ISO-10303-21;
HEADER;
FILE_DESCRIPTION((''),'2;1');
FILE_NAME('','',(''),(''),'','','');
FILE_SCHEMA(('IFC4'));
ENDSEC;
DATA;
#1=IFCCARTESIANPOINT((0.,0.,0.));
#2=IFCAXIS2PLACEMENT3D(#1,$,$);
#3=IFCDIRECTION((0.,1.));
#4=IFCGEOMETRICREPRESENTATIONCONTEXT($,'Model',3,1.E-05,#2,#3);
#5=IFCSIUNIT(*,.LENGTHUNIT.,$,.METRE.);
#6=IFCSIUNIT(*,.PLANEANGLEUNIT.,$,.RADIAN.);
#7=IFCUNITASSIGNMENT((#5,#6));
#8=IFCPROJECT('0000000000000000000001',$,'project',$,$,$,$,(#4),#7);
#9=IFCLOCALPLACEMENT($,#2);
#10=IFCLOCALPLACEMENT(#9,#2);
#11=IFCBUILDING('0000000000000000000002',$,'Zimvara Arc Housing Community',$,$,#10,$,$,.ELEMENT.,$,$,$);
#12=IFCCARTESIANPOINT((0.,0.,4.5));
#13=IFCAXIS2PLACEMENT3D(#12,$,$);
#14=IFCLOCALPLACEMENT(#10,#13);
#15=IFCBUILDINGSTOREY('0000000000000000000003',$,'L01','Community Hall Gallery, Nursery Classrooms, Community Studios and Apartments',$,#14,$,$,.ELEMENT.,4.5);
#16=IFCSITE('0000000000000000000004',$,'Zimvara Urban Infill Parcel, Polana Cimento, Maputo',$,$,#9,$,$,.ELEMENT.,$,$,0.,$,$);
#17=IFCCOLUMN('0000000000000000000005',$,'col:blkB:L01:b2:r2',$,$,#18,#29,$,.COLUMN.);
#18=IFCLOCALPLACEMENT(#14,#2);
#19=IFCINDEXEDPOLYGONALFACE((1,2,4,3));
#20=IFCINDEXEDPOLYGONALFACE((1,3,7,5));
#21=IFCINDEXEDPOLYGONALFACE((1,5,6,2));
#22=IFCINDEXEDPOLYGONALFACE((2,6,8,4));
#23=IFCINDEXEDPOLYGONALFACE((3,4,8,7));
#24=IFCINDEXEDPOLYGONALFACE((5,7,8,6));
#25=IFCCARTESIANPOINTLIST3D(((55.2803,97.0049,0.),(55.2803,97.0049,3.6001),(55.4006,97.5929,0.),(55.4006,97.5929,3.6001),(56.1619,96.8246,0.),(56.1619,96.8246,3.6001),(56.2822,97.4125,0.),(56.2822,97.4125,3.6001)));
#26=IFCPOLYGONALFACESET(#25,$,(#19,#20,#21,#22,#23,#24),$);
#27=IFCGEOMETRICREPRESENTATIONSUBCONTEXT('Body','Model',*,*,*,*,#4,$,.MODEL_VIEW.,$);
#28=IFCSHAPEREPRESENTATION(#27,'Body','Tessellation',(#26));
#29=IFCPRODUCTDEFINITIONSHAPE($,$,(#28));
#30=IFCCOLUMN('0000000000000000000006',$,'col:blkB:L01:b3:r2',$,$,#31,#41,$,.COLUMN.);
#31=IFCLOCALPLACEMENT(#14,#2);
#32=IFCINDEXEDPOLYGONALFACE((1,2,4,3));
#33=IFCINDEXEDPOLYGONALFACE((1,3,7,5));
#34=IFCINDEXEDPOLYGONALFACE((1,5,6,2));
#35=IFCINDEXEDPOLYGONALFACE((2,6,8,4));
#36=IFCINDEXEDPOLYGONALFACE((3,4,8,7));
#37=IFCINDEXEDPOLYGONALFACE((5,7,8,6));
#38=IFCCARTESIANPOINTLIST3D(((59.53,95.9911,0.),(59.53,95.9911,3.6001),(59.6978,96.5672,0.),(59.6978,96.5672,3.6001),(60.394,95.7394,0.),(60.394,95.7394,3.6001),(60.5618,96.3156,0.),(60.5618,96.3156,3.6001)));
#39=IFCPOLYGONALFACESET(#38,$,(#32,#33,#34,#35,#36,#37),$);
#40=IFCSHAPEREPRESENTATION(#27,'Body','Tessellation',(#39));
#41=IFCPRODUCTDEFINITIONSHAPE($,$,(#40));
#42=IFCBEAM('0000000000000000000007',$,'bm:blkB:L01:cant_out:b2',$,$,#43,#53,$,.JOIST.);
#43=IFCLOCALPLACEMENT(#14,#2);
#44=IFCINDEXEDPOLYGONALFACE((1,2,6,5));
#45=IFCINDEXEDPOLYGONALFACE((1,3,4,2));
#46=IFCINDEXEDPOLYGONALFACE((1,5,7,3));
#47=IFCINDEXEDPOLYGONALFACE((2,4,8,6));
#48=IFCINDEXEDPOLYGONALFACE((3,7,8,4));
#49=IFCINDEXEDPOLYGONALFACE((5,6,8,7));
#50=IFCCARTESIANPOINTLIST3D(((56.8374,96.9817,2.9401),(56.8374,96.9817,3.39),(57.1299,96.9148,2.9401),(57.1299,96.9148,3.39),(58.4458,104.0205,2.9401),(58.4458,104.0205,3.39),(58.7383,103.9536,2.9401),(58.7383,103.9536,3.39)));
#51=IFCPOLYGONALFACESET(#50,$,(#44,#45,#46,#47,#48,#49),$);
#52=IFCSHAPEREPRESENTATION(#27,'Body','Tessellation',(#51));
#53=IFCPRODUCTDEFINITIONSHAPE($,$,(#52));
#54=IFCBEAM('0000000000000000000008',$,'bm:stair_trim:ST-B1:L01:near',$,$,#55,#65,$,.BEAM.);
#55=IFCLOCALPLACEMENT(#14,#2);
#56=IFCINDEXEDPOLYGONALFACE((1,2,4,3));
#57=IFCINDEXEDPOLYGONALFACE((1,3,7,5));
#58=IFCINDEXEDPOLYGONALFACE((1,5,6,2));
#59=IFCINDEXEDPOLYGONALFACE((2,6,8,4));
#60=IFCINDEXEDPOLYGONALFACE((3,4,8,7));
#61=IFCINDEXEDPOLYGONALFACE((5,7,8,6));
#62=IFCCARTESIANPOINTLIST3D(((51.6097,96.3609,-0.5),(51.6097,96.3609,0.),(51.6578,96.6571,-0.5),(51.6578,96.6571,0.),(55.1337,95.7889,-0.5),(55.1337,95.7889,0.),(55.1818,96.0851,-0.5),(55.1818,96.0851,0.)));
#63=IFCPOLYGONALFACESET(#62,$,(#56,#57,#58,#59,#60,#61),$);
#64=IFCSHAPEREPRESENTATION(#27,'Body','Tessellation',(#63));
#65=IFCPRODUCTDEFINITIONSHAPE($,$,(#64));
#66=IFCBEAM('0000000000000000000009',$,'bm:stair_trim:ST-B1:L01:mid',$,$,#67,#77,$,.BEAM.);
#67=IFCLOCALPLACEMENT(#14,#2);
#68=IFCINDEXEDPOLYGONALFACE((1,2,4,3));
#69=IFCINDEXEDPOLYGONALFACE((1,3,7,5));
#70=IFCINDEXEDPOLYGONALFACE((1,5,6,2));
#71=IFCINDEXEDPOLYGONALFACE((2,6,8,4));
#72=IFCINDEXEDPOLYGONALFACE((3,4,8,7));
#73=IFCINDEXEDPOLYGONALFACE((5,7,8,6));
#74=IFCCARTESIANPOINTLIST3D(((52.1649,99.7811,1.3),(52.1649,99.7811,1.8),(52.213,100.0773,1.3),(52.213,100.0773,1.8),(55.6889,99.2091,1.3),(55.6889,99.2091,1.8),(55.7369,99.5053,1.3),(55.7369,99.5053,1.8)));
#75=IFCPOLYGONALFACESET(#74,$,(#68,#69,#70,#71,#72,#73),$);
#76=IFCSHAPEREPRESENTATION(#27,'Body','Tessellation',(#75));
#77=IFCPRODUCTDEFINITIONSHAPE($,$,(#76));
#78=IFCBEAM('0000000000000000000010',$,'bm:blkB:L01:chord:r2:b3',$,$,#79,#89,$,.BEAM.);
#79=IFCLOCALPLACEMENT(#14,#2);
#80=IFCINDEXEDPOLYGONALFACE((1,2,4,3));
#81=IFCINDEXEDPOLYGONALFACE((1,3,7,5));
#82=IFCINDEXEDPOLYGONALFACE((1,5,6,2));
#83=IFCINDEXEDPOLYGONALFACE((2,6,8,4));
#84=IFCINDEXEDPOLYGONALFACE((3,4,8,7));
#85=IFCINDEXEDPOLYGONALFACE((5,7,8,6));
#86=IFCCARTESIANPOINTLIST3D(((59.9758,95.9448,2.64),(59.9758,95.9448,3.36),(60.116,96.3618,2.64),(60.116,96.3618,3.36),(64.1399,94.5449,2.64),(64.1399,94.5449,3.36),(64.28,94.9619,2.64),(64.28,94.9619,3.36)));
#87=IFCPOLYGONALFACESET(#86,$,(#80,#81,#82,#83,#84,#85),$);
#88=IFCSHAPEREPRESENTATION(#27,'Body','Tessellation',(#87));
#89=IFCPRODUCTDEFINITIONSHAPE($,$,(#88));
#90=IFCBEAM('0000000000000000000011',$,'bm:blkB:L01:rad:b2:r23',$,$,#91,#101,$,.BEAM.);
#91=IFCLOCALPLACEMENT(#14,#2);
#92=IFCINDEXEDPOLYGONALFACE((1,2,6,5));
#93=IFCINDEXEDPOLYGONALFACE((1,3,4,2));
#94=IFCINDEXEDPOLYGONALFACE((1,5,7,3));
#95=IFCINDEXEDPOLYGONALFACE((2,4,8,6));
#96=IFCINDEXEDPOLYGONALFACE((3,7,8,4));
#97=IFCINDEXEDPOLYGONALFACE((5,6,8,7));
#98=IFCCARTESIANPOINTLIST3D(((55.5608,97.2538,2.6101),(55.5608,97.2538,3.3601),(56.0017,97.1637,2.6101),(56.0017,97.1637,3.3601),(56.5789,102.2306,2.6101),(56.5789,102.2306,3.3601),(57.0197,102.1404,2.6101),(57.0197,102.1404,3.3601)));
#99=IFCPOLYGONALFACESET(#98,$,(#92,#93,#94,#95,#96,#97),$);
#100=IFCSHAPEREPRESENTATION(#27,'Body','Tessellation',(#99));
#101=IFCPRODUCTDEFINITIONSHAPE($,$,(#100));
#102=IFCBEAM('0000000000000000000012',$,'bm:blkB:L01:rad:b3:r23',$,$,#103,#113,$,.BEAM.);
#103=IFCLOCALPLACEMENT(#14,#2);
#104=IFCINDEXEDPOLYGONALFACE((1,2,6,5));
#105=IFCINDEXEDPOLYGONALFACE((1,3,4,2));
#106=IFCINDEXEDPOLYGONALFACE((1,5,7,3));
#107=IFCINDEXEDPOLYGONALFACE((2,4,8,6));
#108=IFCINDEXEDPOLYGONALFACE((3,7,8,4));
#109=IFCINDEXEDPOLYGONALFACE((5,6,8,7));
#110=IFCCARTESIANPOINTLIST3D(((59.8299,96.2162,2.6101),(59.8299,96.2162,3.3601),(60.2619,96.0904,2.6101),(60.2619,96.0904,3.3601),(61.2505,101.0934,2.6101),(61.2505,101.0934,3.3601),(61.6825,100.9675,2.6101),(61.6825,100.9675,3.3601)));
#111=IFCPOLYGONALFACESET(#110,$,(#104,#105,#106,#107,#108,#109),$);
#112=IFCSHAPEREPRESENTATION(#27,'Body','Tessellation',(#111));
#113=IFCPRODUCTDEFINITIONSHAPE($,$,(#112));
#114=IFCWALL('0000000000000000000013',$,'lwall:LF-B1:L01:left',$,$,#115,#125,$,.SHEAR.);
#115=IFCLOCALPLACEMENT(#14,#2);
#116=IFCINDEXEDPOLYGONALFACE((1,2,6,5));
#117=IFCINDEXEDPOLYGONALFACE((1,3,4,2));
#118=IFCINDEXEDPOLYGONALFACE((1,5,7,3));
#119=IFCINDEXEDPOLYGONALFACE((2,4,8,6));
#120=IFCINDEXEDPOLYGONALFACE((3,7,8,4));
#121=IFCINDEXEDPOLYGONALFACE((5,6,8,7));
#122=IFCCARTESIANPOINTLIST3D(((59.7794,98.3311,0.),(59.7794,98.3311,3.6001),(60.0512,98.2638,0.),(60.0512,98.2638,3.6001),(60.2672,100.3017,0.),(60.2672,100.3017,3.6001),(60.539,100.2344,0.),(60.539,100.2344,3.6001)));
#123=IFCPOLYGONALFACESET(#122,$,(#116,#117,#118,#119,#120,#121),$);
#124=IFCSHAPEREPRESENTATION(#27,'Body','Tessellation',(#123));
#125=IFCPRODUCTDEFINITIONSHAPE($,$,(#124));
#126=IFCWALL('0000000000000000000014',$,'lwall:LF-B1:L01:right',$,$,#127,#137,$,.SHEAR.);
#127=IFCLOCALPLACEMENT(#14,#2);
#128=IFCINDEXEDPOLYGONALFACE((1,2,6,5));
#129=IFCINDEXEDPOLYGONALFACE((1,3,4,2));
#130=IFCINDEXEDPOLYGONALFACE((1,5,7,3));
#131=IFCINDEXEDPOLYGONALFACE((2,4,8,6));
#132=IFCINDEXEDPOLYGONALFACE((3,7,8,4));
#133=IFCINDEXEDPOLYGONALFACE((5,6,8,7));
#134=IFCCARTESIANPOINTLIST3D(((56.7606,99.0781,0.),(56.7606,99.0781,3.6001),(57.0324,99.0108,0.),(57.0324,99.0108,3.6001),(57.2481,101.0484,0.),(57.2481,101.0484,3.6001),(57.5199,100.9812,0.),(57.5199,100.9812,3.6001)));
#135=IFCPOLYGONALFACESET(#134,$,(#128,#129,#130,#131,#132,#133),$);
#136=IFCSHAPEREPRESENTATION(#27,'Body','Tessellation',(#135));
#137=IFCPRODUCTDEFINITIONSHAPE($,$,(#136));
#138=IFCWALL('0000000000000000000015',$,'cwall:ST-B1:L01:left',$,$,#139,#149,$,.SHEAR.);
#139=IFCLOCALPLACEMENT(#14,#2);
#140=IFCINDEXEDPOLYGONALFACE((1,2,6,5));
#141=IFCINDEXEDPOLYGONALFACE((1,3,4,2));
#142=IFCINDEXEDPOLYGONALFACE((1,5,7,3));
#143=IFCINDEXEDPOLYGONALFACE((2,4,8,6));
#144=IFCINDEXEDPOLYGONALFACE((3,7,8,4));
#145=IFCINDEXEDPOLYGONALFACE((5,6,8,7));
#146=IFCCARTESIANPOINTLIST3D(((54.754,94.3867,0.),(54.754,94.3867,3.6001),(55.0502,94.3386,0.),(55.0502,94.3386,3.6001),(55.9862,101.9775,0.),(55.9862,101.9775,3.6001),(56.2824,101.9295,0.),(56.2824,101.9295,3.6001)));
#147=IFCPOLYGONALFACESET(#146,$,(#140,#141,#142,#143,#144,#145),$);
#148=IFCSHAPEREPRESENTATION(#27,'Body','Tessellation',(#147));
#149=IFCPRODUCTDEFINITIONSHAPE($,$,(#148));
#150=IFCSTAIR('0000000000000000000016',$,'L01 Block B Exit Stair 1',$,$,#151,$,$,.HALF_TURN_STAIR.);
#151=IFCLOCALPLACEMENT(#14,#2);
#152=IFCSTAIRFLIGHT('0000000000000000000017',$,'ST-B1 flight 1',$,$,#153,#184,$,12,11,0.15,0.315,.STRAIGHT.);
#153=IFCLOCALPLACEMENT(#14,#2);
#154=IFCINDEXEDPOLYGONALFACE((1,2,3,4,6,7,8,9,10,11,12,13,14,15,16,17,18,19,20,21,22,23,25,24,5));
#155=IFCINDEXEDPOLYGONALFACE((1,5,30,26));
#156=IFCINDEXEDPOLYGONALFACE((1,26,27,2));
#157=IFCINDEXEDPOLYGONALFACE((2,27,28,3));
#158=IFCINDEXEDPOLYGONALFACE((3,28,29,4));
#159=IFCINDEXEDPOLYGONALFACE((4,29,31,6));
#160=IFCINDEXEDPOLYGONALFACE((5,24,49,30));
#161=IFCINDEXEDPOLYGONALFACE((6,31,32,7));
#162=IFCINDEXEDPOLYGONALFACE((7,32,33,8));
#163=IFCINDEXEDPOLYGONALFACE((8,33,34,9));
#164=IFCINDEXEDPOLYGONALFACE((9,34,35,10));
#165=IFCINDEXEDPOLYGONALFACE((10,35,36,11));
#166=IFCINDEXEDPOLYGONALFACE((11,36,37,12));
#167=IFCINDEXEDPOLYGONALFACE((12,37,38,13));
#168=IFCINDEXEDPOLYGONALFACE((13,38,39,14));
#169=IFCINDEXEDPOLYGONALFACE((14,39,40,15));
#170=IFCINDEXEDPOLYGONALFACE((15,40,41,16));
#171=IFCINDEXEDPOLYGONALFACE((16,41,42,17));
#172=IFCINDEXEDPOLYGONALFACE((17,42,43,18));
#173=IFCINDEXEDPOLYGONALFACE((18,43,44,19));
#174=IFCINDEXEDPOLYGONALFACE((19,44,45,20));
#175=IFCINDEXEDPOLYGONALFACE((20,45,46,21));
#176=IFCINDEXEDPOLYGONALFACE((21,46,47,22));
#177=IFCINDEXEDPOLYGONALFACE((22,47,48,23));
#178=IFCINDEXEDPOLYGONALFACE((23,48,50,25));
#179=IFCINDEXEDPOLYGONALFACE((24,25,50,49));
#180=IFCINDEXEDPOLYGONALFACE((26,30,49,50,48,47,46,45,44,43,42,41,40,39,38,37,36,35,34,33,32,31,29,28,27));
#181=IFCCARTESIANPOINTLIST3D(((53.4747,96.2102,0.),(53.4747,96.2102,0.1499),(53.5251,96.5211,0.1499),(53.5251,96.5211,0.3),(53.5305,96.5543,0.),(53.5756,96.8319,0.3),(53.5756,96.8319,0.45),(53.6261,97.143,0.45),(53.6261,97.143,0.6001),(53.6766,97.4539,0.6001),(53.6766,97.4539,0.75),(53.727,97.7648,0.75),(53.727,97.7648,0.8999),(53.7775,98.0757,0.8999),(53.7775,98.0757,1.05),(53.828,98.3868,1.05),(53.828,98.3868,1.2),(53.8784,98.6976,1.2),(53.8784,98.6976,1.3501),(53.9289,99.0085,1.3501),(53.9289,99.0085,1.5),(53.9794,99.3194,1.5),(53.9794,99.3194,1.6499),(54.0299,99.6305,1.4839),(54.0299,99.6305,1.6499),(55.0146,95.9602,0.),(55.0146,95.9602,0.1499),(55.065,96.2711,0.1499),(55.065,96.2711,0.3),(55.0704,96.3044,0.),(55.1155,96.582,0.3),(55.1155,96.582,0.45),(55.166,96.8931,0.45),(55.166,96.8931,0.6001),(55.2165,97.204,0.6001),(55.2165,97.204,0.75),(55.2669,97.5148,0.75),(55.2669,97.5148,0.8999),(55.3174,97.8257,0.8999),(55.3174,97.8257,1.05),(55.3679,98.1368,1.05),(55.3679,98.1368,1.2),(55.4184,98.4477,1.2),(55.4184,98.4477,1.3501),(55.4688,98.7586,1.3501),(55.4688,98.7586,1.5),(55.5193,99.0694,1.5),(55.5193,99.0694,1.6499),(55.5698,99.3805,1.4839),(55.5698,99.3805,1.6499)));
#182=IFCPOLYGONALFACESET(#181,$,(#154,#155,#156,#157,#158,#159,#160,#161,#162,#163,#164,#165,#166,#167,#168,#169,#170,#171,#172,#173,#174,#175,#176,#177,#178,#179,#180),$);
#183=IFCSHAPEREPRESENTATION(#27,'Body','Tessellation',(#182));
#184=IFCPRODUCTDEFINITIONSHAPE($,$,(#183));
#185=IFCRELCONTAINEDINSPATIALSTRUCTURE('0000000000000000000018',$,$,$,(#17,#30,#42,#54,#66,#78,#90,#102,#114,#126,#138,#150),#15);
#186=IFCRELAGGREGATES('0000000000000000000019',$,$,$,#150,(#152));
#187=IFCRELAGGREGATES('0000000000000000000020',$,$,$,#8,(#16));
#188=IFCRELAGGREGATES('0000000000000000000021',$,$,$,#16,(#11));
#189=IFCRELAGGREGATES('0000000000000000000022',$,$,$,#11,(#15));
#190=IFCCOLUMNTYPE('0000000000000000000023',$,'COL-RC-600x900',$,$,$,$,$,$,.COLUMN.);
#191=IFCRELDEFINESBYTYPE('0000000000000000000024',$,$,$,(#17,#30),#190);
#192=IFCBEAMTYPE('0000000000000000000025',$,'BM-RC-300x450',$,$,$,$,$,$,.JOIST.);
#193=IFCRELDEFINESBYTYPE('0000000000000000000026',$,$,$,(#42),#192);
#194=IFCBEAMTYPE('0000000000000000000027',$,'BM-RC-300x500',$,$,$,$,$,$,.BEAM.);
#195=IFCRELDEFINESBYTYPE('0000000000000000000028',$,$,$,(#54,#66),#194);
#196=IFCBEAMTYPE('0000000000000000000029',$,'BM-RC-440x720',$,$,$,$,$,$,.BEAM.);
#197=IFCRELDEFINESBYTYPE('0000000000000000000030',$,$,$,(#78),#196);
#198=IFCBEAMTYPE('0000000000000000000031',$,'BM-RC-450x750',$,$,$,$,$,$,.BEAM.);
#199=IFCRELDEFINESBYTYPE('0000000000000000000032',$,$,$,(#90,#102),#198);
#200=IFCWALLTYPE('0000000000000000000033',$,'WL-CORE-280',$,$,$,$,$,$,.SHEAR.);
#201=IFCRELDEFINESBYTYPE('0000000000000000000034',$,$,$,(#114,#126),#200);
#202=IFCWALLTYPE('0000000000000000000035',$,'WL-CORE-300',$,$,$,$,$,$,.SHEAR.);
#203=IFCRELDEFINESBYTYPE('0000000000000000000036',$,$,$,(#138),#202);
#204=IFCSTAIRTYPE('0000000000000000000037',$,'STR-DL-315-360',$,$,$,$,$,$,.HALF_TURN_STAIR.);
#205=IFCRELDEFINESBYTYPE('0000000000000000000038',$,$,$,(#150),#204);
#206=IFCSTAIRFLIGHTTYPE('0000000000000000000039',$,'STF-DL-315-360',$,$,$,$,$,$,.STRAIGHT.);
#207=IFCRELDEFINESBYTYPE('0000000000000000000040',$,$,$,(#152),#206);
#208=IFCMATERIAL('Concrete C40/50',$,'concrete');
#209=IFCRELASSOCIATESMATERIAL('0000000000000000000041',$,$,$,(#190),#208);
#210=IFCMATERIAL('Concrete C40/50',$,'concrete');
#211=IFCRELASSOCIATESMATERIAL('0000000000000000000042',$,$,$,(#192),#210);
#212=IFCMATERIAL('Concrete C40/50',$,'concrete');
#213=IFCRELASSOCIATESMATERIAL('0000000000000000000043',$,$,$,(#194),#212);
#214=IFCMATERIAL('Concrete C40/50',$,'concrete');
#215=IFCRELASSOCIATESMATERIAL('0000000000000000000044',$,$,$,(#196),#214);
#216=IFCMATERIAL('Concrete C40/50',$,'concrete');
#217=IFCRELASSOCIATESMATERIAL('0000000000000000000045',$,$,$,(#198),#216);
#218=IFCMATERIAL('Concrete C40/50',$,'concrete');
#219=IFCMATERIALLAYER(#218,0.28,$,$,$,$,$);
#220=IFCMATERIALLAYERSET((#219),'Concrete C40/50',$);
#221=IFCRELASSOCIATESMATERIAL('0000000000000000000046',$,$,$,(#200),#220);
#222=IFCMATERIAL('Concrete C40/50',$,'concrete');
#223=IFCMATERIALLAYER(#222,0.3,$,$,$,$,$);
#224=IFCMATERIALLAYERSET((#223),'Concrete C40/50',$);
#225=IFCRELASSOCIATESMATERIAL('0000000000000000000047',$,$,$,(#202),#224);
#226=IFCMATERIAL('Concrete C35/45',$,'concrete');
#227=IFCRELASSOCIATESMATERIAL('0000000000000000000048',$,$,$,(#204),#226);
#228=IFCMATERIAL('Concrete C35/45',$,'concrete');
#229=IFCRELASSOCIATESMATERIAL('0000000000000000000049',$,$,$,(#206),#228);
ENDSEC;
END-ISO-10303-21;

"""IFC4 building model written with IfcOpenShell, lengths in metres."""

from ifc_helpers import new_model, si_unit, direction, frame, frame_2d, origin, origin_2d, place, context, subcontext, project, spatial, polyline, rectangle, outline, extrude, material, layer, layer_set, material_profile, profile_set, type_object, element, aggregate, save


model = new_model("IFC4")

# Units and contexts
model_context = context("Model", 3, precision=1e-05, world=origin(), true_north=direction((0.0, 1.0)))
body_context = subcontext(model_context, "Body", "Model", "MODEL_VIEW")
ifc_project = project(units=[si_unit("LENGTHUNIT", "METRE"), si_unit("PLANEANGLEUNIT", "RADIAN")], contexts=[model_context])

# Site, building, storey
site_placement = place(None, origin())
site = spatial("IfcSite", under=ifc_project, at=site_placement, Name="Zimvara Urban Infill Parcel, Polana Cimento, Maputo", CompositionType="ELEMENT", RefElevation=0.0)
building_placement = place(site_placement, origin())
building = spatial("IfcBuilding", under=site, at=building_placement, Name="Zimvara Arc Housing Community", CompositionType="ELEMENT")
storey_placement = place(building_placement, frame((0.0, 0.0, 4.5)))
storey = spatial("IfcBuildingStorey", under=building, at=storey_placement, Name="L01", Description="Community Hall Gallery, Nursery Classrooms, Community Studios and Apartments", CompositionType="ELEMENT", Elevation=4.5)

# Columns
ifc_material_1 = material(Name="Concrete C40/50", Category="concrete")
ifc_material_profile_1 = material_profile(ifc_material_1, rectangle(XDim=0.6001, YDim=0.8999, at=origin_2d()), Name="RC 600x900")
ifc_profile_set_1 = profile_set([ifc_material_profile_1], Name="Concrete C40/50")
column_type = type_object("IfcColumnType", Name="COL-RC-600x900", PredefinedType="COLUMN", material=ifc_profile_set_1)
for number, where, z_axis, x_axis, name in (
    (1, (55.7812, 97.2087, 0.0), (0.0, 0.0, 1.0), (0.200394, 0.979715, 0.0), "col:blkB:L01:b2:r2"),
    (2, (60.0459, 96.1533, 0.0), (0.0, 0.0, 1.0), (0.279661, 0.960099, 0.0), "col:blkB:L01:b3:r2"),
):
    element("IfcColumn", number, at=place(storey_placement, frame(where, z_axis=z_axis, x_axis=x_axis)), inside=storey, type_object=column_type, Name=name, PredefinedType="COLUMN", context=body_context, shape_type="SweptSolid", body=[
        extrude(rectangle(XDim=0.6001, YDim=0.8999, at=origin_2d()), origin(), (0.0, 0.0, 1.0), 3.6001),
    ])

# Beams
ifc_material_2 = material(Name="Concrete C40/50", Category="concrete")
ifc_material_profile_2 = material_profile(ifc_material_2, rectangle(XDim=0.3, YDim=0.45, at=origin_2d()), Name="RC 300x450")
ifc_profile_set_2 = profile_set([ifc_material_profile_2], Name="Concrete C40/50")
beam_type_1 = type_object("IfcBeamType", Name="BM-RC-300x450", PredefinedType="JOIST", material=ifc_profile_set_2)
beam_1_placement = place(storey_placement, frame((56.9836, 96.9482, 3.165), z_axis=(0.222762, 0.974873, 0.0), x_axis=(-0.974873, 0.222762, 0.0)))
element("IfcBeam", 3, at=beam_1_placement, inside=storey, type_object=beam_type_1, Name="bm:blkB:L01:cant_out:b2", PredefinedType="JOIST", context=body_context, shape_type="SweptSolid", body=[
    extrude(rectangle(XDim=0.3, YDim=0.45, at=origin_2d()), origin(), (0.0, 0.0, 1.0), 7.2202),
])
ifc_material_3 = material(Name="Concrete C40/50", Category="concrete")
ifc_material_profile_3 = material_profile(ifc_material_3, rectangle(XDim=0.3, YDim=0.5, at=origin_2d()), Name="RC 300x500")
ifc_profile_set_3 = profile_set([ifc_material_profile_3], Name="Concrete C40/50")
beam_type_2 = type_object("IfcBeamType", Name="BM-RC-300x500", PredefinedType="BEAM", material=ifc_profile_set_3)
for number, where, z_axis, x_axis, name in (
    (4, (55.1577, 95.937, -0.25), (-0.98708, 0.160228, 0.0), (-0.160228, -0.98708, 0.0), "bm:stair_trim:ST-B1:L01:near"),
    (5, (55.7129, 99.3572, 1.55), (-0.98708, 0.160228, 0.0), (-0.160228, -0.98708, 0.0), "bm:stair_trim:ST-B1:L01:mid"),
):
    element("IfcBeam", number, at=place(storey_placement, frame(where, z_axis=z_axis, x_axis=x_axis)), inside=storey, type_object=beam_type_2, Name=name, PredefinedType="BEAM", context=body_context, shape_type="SweptSolid", body=[
        extrude(rectangle(XDim=0.3, YDim=0.5, at=origin_2d()), origin(), (0.0, 0.0, 1.0), 3.5701),
    ])
ifc_material_4 = material(Name="Concrete C40/50", Category="concrete")
ifc_material_profile_4 = material_profile(ifc_material_4, rectangle(XDim=0.4399, YDim=0.72, at=origin_2d()), Name="RC 440x720")
ifc_profile_set_4 = profile_set([ifc_material_profile_4], Name="Concrete C40/50")
beam_type_3 = type_object("IfcBeamType", Name="BM-RC-440x720", PredefinedType="BEAM", material=ifc_profile_set_4)
beam_2_placement = place(storey_placement, frame((60.0459, 96.1533, 3.0), z_axis=(0.947869, -0.318661, 0.0), x_axis=(0.318661, 0.947869, 0.0)))
element("IfcBeam", 6, at=beam_2_placement, inside=storey, type_object=beam_type_3, Name="bm:blkB:L01:chord:r2:b3", PredefinedType="BEAM", context=body_context, shape_type="SweptSolid", body=[
    extrude(rectangle(XDim=0.4399, YDim=0.72, at=origin_2d()), origin(), (0.0, 0.0, 1.0), 4.3931),
])
ifc_material_5 = material(Name="Concrete C40/50", Category="concrete")
ifc_material_profile_5 = material_profile(ifc_material_5, rectangle(XDim=0.45, YDim=0.75, at=origin_2d()), Name="RC 450x750")
ifc_profile_set_5 = profile_set([ifc_material_profile_5], Name="Concrete C40/50")
beam_type_4 = type_object("IfcBeamType", Name="BM-RC-450x750", PredefinedType="BEAM", material=ifc_profile_set_5)
for number, where, z_axis, x_axis, name in (
    (7, (55.7812, 97.2087, 2.9851), (0.200412, 0.979712, 0.0), (-0.979712, 0.200412, 0.0), "bm:blkB:L01:rad:b2:r23"),
    (8, (60.0459, 96.1533, 2.9851), (0.279662, 0.960098, 0.0), (-0.960098, 0.279662, 0.0), "bm:blkB:L01:rad:b3:r23"),
):
    element("IfcBeam", number, at=place(storey_placement, frame(where, z_axis=z_axis, x_axis=x_axis)), inside=storey, type_object=beam_type_4, Name=name, PredefinedType="BEAM", context=body_context, shape_type="SweptSolid", body=[
        extrude(rectangle(XDim=0.45, YDim=0.75, at=origin_2d()), origin(), (0.0, 0.0, 1.0), 5.0798),
    ])

# Shared definitions
ifc_material_6 = material(Name="Concrete C40/50", Category="concrete")
ifc_layer_1 = layer(ifc_material_6, 0.28)
ifc_layer_set_1 = layer_set([ifc_layer_1], Name="Concrete C40/50")
wall_type_1 = type_object("IfcWallType", Name="WL-CORE-280", PredefinedType="SHEAR", material=ifc_layer_set_1)

# Walls
wall_1_placement = place(storey_placement, frame((59.9153, 98.2974, 0.0), z_axis=(0.0, 0.0, 1.0), x_axis=(0.240299, 0.970699, 0.0)))
element("IfcWall", 9, at=wall_1_placement, inside=storey, type_object=wall_type_1, Name="lwall:LF-B1:L01:left", PredefinedType="SHEAR", context=body_context, shape_type="SweptSolid", body=[
    extrude(rectangle(XDim=2.03, YDim=0.28, at=frame_2d((1.0151, 0.0))), origin(), (0.0, 0.0, 1.0), 3.6001),
])
wall_2_placement = place(storey_placement, frame((56.8965, 99.0444, 0.0), z_axis=(0.0, 0.0, 1.0), x_axis=(0.240186, 0.970727, 0.0)))
element("IfcWall", 10, at=wall_2_placement, inside=storey, type_object=wall_type_1, Name="lwall:LF-B1:L01:right", PredefinedType="SHEAR", context=body_context, shape_type="SweptSolid", body=[
    extrude(rectangle(XDim=2.0298, YDim=0.28, at=frame_2d((1.0149, 0.0))), origin(), (0.0, 0.0, 1.0), 3.6001),
])

# Shared definitions
ifc_material_7 = material(Name="Concrete C40/50", Category="concrete")
ifc_layer_2 = layer(ifc_material_7, 0.3)
ifc_layer_set_2 = layer_set([ifc_layer_2], Name="Concrete C40/50")
wall_type_2 = type_object("IfcWallType", Name="WL-CORE-300", PredefinedType="SHEAR", material=ifc_layer_set_2)

# Wall
wall_3_placement = place(storey_placement, frame((54.9021, 94.3625, 0.0), z_axis=(0.0, 0.0, 1.0), x_axis=(0.160227, 0.98708, 0.0)))
element("IfcWall", 11, at=wall_3_placement, inside=storey, type_object=wall_type_2, Name="cwall:ST-B1:L01:left", PredefinedType="SHEAR", context=body_context, shape_type="SweptSolid", body=[
    extrude(rectangle(XDim=7.6902, YDim=0.3, at=frame_2d((3.8452, 0.0))), origin(), (0.0, 0.0, 1.0), 3.6001),
])

# Stair, stair flight
ifc_material_8 = material(Name="Concrete C35/45", Category="concrete")
stair_type = type_object("IfcStairType", Name="STR-DL-315-360", PredefinedType="HALF_TURN_STAIR", material=ifc_material_8)
stair_placement = place(storey_placement, origin())
stair = element("IfcStair", 12, at=stair_placement, inside=storey, type_object=stair_type, Name="L01 Block B Exit Stair 1", PredefinedType="HALF_TURN_STAIR")
ifc_material_9 = material(Name="Concrete C35/45", Category="concrete")
stair_flight_type = type_object("IfcStairFlightType", Name="STF-DL-315-360", PredefinedType="STRAIGHT", material=ifc_material_9)
stair_flight_placement = place(storey_placement, frame((54.2446, 96.0852, 0.0), z_axis=(0.0, 0.0, 1.0), x_axis=(0.160226, 0.98708, 0.0)))
stair_flight = element("IfcStairFlight", 13, at=stair_flight_placement, type_object=stair_flight_type, Name="ST-B1 flight 1", NumberOfRisers=12, NumberOfTreads=11, PredefinedType="STRAIGHT", RiserHeight=0.15, TreadLength=0.315, context=body_context, shape_type="SweptSolid", body=[
    extrude(outline(polyline([(0.0, 0.0), (0.0, 0.1499), (0.3149, 0.1499), (0.3149, 0.3), (0.6299, 0.3), (0.6299, 0.45), (0.9451, 0.45), (0.9451, 0.6001), (1.26, 0.6001), (1.26, 0.75), (1.575, 0.75), (1.575, 0.8999), (1.8899, 0.8999), (1.8899, 1.05), (2.2051, 1.05), (2.2051, 1.2), (2.52, 1.2), (2.52, 1.3501), (2.835, 1.3501), (2.835, 1.5), (3.1499, 1.5), (3.1499, 1.6499), (3.4651, 1.6499), (3.4651, 1.8), (3.4651, 1.4839), (0.3486, 0.0), (0.0, 0.0)])), frame((0.0, 0.78, 0.0), z_axis=(0.0, -1.0, 0.0), x_axis=(1.0, 0.0, 0.0)), (0.0, 0.0, 1.0), 1.5601),
])
aggregate(stair, [stair_flight])

save(model, "model.ifc")
